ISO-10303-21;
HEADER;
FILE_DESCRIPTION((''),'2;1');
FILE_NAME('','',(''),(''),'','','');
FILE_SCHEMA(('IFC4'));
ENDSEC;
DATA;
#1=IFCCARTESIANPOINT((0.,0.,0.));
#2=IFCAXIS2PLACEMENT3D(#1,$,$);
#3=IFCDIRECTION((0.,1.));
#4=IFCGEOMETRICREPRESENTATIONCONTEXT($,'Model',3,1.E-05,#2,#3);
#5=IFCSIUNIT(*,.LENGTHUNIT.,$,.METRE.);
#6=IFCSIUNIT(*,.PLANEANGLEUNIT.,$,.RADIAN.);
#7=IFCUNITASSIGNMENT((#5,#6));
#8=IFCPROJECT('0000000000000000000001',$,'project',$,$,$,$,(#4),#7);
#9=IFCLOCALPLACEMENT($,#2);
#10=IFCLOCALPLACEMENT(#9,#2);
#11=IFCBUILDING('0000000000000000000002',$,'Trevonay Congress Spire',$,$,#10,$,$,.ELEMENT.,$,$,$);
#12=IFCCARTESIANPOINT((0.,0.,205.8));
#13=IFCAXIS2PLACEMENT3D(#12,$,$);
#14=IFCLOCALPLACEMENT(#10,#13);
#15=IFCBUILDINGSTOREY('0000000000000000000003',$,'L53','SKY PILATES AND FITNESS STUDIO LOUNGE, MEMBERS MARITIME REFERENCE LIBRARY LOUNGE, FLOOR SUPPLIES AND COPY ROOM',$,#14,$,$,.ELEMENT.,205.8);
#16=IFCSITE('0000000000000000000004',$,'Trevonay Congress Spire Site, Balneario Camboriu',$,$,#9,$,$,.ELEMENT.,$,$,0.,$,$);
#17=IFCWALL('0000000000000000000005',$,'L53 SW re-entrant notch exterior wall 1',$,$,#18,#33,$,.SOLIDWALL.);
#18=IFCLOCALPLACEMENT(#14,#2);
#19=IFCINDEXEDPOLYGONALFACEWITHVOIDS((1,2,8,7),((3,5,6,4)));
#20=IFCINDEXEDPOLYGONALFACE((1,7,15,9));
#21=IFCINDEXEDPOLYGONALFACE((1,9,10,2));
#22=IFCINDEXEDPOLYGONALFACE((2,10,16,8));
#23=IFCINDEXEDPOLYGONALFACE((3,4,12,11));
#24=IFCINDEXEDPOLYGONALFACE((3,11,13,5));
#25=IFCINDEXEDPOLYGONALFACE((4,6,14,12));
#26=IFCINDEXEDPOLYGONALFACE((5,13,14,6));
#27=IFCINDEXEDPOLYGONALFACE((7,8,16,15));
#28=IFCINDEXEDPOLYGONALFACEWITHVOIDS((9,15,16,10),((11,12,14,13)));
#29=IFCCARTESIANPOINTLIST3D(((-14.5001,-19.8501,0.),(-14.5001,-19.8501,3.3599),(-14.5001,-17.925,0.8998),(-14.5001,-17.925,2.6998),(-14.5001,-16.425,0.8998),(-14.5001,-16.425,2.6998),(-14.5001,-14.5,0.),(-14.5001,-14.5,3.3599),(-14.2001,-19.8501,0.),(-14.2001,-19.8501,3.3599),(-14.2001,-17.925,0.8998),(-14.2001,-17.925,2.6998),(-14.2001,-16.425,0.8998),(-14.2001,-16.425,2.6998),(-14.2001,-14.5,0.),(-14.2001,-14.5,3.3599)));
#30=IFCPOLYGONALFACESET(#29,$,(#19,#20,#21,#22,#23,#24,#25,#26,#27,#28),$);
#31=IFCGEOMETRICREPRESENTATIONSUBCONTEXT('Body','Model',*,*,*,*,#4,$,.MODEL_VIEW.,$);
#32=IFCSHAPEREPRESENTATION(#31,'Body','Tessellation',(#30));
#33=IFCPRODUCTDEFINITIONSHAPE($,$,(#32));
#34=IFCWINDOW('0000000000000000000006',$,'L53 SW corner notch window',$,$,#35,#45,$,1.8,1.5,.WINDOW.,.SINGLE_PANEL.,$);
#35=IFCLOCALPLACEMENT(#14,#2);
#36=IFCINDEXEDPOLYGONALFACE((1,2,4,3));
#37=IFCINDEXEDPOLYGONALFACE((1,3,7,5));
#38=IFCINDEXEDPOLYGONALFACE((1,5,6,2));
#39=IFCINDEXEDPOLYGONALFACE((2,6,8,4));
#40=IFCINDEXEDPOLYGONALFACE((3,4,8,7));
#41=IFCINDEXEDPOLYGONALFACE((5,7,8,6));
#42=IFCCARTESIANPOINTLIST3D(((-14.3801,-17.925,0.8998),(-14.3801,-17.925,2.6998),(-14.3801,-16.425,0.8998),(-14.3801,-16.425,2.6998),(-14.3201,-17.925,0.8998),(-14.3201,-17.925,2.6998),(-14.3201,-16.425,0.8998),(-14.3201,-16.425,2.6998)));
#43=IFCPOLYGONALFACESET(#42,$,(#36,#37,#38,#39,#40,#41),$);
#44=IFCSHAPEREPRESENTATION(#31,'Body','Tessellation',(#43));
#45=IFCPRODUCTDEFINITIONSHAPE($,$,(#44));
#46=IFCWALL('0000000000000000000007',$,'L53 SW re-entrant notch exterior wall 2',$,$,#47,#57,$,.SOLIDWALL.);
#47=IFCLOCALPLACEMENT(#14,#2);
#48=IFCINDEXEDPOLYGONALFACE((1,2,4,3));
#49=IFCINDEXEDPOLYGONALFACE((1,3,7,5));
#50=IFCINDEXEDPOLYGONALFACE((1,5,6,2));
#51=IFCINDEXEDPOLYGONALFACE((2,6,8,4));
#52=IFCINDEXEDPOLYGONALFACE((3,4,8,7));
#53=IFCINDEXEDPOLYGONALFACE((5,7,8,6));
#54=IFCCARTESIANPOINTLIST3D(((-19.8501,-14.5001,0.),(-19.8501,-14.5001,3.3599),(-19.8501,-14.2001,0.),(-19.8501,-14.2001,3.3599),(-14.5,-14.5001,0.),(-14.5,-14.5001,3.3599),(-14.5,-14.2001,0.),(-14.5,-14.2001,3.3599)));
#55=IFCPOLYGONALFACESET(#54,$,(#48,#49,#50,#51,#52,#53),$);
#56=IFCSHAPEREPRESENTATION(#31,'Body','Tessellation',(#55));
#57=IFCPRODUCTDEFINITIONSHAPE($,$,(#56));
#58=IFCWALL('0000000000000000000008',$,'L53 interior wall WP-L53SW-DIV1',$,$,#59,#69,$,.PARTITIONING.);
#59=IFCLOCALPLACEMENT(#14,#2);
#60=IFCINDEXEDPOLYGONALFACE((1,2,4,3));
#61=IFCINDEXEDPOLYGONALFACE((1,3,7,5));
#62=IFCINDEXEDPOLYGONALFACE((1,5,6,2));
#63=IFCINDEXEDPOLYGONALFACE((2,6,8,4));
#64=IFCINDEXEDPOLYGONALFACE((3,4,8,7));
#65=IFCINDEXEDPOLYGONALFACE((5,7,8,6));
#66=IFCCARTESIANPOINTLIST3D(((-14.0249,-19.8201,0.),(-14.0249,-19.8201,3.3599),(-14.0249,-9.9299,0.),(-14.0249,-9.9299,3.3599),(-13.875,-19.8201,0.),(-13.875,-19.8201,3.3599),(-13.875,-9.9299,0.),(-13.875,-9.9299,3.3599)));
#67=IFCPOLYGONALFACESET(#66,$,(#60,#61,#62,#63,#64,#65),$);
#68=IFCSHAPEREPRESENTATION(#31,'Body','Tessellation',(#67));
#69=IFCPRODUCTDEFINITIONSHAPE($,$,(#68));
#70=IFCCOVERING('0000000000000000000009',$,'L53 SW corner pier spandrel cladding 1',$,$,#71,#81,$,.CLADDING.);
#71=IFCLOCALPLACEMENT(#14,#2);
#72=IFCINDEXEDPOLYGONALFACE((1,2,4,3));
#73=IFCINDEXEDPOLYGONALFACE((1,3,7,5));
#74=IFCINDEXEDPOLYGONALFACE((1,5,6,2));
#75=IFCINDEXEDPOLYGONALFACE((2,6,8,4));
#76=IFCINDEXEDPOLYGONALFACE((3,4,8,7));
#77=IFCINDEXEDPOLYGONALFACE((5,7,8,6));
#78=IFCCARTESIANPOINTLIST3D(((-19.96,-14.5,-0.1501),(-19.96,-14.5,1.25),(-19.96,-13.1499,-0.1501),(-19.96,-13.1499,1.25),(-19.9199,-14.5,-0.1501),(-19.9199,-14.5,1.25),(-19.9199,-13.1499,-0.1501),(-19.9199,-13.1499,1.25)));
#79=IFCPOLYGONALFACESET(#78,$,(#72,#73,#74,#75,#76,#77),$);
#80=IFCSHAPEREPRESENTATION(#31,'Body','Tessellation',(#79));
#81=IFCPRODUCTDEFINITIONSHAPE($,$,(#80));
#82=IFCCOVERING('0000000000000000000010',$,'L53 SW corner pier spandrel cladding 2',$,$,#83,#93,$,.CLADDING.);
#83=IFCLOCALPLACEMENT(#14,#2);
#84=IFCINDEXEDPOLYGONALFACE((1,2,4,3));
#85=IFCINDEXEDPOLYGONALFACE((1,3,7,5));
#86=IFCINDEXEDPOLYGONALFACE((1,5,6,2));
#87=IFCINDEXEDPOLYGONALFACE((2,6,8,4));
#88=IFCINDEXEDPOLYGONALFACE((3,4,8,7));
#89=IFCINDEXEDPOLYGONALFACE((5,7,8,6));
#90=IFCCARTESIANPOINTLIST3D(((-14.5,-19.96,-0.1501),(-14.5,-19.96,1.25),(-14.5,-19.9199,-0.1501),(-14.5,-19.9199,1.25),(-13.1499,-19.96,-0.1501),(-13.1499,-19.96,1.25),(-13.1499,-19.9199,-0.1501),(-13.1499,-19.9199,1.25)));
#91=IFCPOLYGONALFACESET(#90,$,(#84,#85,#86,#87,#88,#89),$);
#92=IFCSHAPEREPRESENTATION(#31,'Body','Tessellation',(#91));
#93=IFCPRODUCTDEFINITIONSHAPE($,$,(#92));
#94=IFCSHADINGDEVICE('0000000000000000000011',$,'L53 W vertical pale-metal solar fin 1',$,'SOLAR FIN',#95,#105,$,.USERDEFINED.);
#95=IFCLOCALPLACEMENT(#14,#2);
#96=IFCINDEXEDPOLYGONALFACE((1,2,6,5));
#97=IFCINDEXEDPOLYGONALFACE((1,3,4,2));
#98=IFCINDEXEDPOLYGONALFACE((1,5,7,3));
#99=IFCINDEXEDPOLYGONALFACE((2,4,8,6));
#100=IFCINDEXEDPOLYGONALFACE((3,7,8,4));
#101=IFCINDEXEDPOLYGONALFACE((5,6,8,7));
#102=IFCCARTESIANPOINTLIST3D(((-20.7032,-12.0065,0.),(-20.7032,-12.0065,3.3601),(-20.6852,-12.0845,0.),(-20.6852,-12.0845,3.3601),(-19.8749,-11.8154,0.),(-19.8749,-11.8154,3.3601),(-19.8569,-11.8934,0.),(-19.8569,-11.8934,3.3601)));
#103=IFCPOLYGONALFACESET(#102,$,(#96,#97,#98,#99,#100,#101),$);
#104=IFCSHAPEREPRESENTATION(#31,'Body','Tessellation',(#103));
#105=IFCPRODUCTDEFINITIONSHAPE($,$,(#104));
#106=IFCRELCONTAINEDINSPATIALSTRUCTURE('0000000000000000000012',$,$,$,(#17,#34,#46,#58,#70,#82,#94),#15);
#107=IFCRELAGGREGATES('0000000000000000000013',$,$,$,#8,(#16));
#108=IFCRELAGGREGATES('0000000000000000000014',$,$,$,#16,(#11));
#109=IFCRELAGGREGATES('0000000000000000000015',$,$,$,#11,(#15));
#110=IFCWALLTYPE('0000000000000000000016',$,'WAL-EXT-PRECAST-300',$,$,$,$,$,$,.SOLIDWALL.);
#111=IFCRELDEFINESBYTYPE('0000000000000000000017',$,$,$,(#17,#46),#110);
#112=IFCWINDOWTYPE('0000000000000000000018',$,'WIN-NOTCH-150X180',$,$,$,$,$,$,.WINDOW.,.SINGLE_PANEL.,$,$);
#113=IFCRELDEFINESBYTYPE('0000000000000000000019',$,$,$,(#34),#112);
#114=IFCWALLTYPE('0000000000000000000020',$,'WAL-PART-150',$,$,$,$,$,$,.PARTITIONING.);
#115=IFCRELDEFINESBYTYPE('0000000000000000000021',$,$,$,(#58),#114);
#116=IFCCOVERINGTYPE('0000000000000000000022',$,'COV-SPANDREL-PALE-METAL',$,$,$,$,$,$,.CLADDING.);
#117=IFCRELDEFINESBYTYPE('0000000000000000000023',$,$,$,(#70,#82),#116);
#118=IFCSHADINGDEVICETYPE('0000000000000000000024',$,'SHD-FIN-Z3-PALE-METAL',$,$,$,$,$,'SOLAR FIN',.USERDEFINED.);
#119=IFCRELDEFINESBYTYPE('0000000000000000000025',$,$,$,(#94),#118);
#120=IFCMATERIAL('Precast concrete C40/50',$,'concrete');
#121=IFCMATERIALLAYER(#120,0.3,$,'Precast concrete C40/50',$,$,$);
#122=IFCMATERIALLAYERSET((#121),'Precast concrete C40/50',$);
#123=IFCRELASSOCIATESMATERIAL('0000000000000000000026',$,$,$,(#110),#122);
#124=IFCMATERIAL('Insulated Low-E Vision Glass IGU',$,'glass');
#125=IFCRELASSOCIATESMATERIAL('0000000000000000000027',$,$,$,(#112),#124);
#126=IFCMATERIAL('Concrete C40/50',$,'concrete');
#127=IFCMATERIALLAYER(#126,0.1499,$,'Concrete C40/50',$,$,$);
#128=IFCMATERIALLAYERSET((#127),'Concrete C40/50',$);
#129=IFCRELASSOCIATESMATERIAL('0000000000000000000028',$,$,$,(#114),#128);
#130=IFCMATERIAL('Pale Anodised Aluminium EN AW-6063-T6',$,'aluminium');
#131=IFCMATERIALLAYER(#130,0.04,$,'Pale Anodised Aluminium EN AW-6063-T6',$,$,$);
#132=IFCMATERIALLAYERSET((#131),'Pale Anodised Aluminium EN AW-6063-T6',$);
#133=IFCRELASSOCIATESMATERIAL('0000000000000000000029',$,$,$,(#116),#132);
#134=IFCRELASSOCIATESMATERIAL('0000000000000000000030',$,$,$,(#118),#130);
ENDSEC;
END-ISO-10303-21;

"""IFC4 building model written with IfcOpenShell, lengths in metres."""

from ifc_helpers import new_model, si_unit, direction, frame, frame_2d, origin, origin_2d, place, context, subcontext, project, spatial, rectangle, extrude, material, layer, layer_set, type_object, element, fill, save


model = new_model("IFC4")

# Units and contexts
model_context = context("Model", 3, precision=1e-05, world=origin(), true_north=direction((0.0, 1.0)))
body_context = subcontext(model_context, "Body", "Model", "MODEL_VIEW")
ifc_project = project(units=[si_unit("LENGTHUNIT", "METRE"), si_unit("PLANEANGLEUNIT", "RADIAN")], contexts=[model_context])

# Site, building, storey
site_placement = place(None, origin())
site = spatial("IfcSite", under=ifc_project, at=site_placement, Name="Trevonay Congress Spire Site, Balneario Camboriu", CompositionType="ELEMENT", RefElevation=0.0)
building_placement = place(site_placement, origin())
building = spatial("IfcBuilding", under=site, at=building_placement, Name="Trevonay Congress Spire", CompositionType="ELEMENT")
storey_placement = place(building_placement, frame((0.0, 0.0, 205.8)))
storey = spatial("IfcBuildingStorey", under=building, at=storey_placement, Name="L53", Description="SKY PILATES AND FITNESS STUDIO LOUNGE, MEMBERS MARITIME REFERENCE LIBRARY LOUNGE, FLOOR SUPPLIES AND COPY ROOM", CompositionType="ELEMENT", Elevation=205.8)

# Shared definitions
ifc_material_1 = material(Name="Pale Anodised Aluminium EN AW-6063-T6", Category="aluminium")

# Shared definitions
ifc_material_2 = material(Name="Insulated Low-E Vision Glass IGU", Category="glass")

# Shared definitions
ifc_material_3 = material(Name="Concrete C40/50", Category="concrete")

# Wall, opening, window
ifc_material_4 = material(Name="Precast concrete C40/50", Category="concrete")
ifc_layer_1 = layer(ifc_material_4, 0.3, Name="Precast concrete C40/50")
ifc_layer_set_1 = layer_set([ifc_layer_1], Name="Precast concrete C40/50")
wall_type_1 = type_object("IfcWallType", Name="WAL-EXT-PRECAST-300", PredefinedType="SOLIDWALL", material=ifc_layer_set_1)
wall_1_placement = place(storey_placement, frame((-14.3501, -19.8501, 0.0), z_axis=(0.0, 0.0, 1.0), x_axis=(0.0, 1.0, 0.0)))
wall_1 = element("IfcWall", 1, at=wall_1_placement, inside=storey, type_object=wall_type_1, Name="L53 SW re-entrant notch exterior wall 1", PredefinedType="SOLIDWALL", context=body_context, shape_type="SweptSolid", body=[
    extrude(rectangle(XDim=5.3501, YDim=0.3, at=frame_2d((2.675, 0.0))), origin(), (0.0, 0.0, 1.0), 3.3599),
])
opening_1_placement = place(wall_1_placement, frame((1.925, 0.0, 0.8999)))
opening_1 = element("IfcOpeningElement", 2, at=opening_1_placement, cuts=wall_1, PredefinedType="OPENING", context=body_context, shape_type="SweptSolid", body=[
    extrude(rectangle(XDim=1.5, YDim=1.8, at=frame_2d((0.75, 0.8999))), frame((0.0, 0.1602, 0.0), z_axis=(0.0, -1.0, 0.0), x_axis=(1.0, 0.0, 0.0)), (0.0, 0.0, 1.0), 0.3201),
])
window_type = type_object("IfcWindowType", Name="WIN-NOTCH-150X180", PartitioningType="SINGLE_PANEL", PredefinedType="WINDOW", material=ifc_material_2)
window_placement = place(opening_1_placement, origin())
window = element("IfcWindow", 3, at=window_placement, inside=storey, type_object=window_type, Name="L53 SW corner notch window", OverallHeight=1.8, OverallWidth=1.5, PartitioningType="SINGLE_PANEL", PredefinedType="WINDOW", context=body_context, shape_type="SweptSolid", body=[
    extrude(rectangle(XDim=1.5, YDim=1.8, at=frame_2d((0.75, 0.8999))), frame((0.0, 0.03, 0.0), z_axis=(0.0, -1.0, 0.0), x_axis=(1.0, 0.0, 0.0)), (0.0, 0.0, 1.0), 0.0601),
])
fill(opening_1, window)

# Walls
wall_2_placement = place(storey_placement, frame((-19.8501, -14.3501, 0.0), z_axis=(0.0, 0.0, 1.0), x_axis=(1.0, 0.0, 0.0)))
element("IfcWall", 4, at=wall_2_placement, inside=storey, type_object=wall_type_1, Name="L53 SW re-entrant notch exterior wall 2", PredefinedType="SOLIDWALL", context=body_context, shape_type="SweptSolid", body=[
    extrude(rectangle(XDim=5.3501, YDim=0.3, at=frame_2d((2.675, 0.0))), origin(), (0.0, 0.0, 1.0), 3.3599),
])
ifc_layer_2 = layer(ifc_material_3, 0.1499, Name="Concrete C40/50")
ifc_layer_set_2 = layer_set([ifc_layer_2], Name="Concrete C40/50")
wall_type_2 = type_object("IfcWallType", Name="WAL-PART-150", PredefinedType="PARTITIONING", material=ifc_layer_set_2)
wall_3_placement = place(storey_placement, frame((-13.95, -19.8201, 0.0), z_axis=(0.0, 0.0, 1.0), x_axis=(0.0, 1.0, 0.0)))
element("IfcWall", 5, at=wall_3_placement, inside=storey, type_object=wall_type_2, Name="L53 interior wall WP-L53SW-DIV1", PredefinedType="PARTITIONING", context=body_context, shape_type="SweptSolid", body=[
    extrude(rectangle(XDim=9.8901, YDim=0.1499, at=frame_2d((4.9451, 0.0))), origin(), (0.0, 0.0, 1.0), 3.3599),
])

# Coverings
ifc_layer_3 = layer(ifc_material_1, 0.04, Name="Pale Anodised Aluminium EN AW-6063-T6")
ifc_layer_set_3 = layer_set([ifc_layer_3], Name="Pale Anodised Aluminium EN AW-6063-T6")
covering_type = type_object("IfcCoveringType", Name="COV-SPANDREL-PALE-METAL", PredefinedType="CLADDING", material=ifc_layer_set_3)
for number, where, z_axis, x_axis, name in (
    (6, (-19.9399, -13.1499, -0.1501), (0.0, 0.0, 1.0), (0.0, -1.0, 0.0), "L53 SW corner pier spandrel cladding 1"),
    (7, (-13.1499, -19.9399, -0.1501), (0.0, 0.0, 1.0), (-1.0, 0.0, 0.0), "L53 SW corner pier spandrel cladding 2"),
):
    element("IfcCovering", number, at=place(storey_placement, frame(where, z_axis=z_axis, x_axis=x_axis)), inside=storey, type_object=covering_type, Name=name, PredefinedType="CLADDING", context=body_context, shape_type="SweptSolid", body=[
        extrude(rectangle(XDim=1.3501, YDim=0.04, at=frame_2d((0.675, 0.0))), origin(), (0.0, 0.0, 1.0), 1.4001),
    ])

# Shading device
shading_device_type = type_object("IfcShadingDeviceType", Name="SHD-FIN-Z3-PALE-METAL", ElementType="SOLAR FIN", PredefinedType="USERDEFINED", material=ifc_material_1)
shading_device_placement = place(storey_placement, frame((-20.28, -11.95, 0.0), z_axis=(0.0, 0.0, 1.0), x_axis=(-0.224781, 0.974409, 0.0)))
element("IfcShadingDevice", 8, at=shading_device_placement, inside=storey, type_object=shading_device_type, Name="L53 W vertical pale-metal solar fin 1", ObjectType="SOLAR FIN", PredefinedType="USERDEFINED", context=body_context, shape_type="SweptSolid", body=[
    extrude(rectangle(XDim=0.0801, YDim=0.8501, at=origin_2d()), origin(), (0.0, 0.0, 1.0), 3.3601),
])

save(model, "model.ifc")
